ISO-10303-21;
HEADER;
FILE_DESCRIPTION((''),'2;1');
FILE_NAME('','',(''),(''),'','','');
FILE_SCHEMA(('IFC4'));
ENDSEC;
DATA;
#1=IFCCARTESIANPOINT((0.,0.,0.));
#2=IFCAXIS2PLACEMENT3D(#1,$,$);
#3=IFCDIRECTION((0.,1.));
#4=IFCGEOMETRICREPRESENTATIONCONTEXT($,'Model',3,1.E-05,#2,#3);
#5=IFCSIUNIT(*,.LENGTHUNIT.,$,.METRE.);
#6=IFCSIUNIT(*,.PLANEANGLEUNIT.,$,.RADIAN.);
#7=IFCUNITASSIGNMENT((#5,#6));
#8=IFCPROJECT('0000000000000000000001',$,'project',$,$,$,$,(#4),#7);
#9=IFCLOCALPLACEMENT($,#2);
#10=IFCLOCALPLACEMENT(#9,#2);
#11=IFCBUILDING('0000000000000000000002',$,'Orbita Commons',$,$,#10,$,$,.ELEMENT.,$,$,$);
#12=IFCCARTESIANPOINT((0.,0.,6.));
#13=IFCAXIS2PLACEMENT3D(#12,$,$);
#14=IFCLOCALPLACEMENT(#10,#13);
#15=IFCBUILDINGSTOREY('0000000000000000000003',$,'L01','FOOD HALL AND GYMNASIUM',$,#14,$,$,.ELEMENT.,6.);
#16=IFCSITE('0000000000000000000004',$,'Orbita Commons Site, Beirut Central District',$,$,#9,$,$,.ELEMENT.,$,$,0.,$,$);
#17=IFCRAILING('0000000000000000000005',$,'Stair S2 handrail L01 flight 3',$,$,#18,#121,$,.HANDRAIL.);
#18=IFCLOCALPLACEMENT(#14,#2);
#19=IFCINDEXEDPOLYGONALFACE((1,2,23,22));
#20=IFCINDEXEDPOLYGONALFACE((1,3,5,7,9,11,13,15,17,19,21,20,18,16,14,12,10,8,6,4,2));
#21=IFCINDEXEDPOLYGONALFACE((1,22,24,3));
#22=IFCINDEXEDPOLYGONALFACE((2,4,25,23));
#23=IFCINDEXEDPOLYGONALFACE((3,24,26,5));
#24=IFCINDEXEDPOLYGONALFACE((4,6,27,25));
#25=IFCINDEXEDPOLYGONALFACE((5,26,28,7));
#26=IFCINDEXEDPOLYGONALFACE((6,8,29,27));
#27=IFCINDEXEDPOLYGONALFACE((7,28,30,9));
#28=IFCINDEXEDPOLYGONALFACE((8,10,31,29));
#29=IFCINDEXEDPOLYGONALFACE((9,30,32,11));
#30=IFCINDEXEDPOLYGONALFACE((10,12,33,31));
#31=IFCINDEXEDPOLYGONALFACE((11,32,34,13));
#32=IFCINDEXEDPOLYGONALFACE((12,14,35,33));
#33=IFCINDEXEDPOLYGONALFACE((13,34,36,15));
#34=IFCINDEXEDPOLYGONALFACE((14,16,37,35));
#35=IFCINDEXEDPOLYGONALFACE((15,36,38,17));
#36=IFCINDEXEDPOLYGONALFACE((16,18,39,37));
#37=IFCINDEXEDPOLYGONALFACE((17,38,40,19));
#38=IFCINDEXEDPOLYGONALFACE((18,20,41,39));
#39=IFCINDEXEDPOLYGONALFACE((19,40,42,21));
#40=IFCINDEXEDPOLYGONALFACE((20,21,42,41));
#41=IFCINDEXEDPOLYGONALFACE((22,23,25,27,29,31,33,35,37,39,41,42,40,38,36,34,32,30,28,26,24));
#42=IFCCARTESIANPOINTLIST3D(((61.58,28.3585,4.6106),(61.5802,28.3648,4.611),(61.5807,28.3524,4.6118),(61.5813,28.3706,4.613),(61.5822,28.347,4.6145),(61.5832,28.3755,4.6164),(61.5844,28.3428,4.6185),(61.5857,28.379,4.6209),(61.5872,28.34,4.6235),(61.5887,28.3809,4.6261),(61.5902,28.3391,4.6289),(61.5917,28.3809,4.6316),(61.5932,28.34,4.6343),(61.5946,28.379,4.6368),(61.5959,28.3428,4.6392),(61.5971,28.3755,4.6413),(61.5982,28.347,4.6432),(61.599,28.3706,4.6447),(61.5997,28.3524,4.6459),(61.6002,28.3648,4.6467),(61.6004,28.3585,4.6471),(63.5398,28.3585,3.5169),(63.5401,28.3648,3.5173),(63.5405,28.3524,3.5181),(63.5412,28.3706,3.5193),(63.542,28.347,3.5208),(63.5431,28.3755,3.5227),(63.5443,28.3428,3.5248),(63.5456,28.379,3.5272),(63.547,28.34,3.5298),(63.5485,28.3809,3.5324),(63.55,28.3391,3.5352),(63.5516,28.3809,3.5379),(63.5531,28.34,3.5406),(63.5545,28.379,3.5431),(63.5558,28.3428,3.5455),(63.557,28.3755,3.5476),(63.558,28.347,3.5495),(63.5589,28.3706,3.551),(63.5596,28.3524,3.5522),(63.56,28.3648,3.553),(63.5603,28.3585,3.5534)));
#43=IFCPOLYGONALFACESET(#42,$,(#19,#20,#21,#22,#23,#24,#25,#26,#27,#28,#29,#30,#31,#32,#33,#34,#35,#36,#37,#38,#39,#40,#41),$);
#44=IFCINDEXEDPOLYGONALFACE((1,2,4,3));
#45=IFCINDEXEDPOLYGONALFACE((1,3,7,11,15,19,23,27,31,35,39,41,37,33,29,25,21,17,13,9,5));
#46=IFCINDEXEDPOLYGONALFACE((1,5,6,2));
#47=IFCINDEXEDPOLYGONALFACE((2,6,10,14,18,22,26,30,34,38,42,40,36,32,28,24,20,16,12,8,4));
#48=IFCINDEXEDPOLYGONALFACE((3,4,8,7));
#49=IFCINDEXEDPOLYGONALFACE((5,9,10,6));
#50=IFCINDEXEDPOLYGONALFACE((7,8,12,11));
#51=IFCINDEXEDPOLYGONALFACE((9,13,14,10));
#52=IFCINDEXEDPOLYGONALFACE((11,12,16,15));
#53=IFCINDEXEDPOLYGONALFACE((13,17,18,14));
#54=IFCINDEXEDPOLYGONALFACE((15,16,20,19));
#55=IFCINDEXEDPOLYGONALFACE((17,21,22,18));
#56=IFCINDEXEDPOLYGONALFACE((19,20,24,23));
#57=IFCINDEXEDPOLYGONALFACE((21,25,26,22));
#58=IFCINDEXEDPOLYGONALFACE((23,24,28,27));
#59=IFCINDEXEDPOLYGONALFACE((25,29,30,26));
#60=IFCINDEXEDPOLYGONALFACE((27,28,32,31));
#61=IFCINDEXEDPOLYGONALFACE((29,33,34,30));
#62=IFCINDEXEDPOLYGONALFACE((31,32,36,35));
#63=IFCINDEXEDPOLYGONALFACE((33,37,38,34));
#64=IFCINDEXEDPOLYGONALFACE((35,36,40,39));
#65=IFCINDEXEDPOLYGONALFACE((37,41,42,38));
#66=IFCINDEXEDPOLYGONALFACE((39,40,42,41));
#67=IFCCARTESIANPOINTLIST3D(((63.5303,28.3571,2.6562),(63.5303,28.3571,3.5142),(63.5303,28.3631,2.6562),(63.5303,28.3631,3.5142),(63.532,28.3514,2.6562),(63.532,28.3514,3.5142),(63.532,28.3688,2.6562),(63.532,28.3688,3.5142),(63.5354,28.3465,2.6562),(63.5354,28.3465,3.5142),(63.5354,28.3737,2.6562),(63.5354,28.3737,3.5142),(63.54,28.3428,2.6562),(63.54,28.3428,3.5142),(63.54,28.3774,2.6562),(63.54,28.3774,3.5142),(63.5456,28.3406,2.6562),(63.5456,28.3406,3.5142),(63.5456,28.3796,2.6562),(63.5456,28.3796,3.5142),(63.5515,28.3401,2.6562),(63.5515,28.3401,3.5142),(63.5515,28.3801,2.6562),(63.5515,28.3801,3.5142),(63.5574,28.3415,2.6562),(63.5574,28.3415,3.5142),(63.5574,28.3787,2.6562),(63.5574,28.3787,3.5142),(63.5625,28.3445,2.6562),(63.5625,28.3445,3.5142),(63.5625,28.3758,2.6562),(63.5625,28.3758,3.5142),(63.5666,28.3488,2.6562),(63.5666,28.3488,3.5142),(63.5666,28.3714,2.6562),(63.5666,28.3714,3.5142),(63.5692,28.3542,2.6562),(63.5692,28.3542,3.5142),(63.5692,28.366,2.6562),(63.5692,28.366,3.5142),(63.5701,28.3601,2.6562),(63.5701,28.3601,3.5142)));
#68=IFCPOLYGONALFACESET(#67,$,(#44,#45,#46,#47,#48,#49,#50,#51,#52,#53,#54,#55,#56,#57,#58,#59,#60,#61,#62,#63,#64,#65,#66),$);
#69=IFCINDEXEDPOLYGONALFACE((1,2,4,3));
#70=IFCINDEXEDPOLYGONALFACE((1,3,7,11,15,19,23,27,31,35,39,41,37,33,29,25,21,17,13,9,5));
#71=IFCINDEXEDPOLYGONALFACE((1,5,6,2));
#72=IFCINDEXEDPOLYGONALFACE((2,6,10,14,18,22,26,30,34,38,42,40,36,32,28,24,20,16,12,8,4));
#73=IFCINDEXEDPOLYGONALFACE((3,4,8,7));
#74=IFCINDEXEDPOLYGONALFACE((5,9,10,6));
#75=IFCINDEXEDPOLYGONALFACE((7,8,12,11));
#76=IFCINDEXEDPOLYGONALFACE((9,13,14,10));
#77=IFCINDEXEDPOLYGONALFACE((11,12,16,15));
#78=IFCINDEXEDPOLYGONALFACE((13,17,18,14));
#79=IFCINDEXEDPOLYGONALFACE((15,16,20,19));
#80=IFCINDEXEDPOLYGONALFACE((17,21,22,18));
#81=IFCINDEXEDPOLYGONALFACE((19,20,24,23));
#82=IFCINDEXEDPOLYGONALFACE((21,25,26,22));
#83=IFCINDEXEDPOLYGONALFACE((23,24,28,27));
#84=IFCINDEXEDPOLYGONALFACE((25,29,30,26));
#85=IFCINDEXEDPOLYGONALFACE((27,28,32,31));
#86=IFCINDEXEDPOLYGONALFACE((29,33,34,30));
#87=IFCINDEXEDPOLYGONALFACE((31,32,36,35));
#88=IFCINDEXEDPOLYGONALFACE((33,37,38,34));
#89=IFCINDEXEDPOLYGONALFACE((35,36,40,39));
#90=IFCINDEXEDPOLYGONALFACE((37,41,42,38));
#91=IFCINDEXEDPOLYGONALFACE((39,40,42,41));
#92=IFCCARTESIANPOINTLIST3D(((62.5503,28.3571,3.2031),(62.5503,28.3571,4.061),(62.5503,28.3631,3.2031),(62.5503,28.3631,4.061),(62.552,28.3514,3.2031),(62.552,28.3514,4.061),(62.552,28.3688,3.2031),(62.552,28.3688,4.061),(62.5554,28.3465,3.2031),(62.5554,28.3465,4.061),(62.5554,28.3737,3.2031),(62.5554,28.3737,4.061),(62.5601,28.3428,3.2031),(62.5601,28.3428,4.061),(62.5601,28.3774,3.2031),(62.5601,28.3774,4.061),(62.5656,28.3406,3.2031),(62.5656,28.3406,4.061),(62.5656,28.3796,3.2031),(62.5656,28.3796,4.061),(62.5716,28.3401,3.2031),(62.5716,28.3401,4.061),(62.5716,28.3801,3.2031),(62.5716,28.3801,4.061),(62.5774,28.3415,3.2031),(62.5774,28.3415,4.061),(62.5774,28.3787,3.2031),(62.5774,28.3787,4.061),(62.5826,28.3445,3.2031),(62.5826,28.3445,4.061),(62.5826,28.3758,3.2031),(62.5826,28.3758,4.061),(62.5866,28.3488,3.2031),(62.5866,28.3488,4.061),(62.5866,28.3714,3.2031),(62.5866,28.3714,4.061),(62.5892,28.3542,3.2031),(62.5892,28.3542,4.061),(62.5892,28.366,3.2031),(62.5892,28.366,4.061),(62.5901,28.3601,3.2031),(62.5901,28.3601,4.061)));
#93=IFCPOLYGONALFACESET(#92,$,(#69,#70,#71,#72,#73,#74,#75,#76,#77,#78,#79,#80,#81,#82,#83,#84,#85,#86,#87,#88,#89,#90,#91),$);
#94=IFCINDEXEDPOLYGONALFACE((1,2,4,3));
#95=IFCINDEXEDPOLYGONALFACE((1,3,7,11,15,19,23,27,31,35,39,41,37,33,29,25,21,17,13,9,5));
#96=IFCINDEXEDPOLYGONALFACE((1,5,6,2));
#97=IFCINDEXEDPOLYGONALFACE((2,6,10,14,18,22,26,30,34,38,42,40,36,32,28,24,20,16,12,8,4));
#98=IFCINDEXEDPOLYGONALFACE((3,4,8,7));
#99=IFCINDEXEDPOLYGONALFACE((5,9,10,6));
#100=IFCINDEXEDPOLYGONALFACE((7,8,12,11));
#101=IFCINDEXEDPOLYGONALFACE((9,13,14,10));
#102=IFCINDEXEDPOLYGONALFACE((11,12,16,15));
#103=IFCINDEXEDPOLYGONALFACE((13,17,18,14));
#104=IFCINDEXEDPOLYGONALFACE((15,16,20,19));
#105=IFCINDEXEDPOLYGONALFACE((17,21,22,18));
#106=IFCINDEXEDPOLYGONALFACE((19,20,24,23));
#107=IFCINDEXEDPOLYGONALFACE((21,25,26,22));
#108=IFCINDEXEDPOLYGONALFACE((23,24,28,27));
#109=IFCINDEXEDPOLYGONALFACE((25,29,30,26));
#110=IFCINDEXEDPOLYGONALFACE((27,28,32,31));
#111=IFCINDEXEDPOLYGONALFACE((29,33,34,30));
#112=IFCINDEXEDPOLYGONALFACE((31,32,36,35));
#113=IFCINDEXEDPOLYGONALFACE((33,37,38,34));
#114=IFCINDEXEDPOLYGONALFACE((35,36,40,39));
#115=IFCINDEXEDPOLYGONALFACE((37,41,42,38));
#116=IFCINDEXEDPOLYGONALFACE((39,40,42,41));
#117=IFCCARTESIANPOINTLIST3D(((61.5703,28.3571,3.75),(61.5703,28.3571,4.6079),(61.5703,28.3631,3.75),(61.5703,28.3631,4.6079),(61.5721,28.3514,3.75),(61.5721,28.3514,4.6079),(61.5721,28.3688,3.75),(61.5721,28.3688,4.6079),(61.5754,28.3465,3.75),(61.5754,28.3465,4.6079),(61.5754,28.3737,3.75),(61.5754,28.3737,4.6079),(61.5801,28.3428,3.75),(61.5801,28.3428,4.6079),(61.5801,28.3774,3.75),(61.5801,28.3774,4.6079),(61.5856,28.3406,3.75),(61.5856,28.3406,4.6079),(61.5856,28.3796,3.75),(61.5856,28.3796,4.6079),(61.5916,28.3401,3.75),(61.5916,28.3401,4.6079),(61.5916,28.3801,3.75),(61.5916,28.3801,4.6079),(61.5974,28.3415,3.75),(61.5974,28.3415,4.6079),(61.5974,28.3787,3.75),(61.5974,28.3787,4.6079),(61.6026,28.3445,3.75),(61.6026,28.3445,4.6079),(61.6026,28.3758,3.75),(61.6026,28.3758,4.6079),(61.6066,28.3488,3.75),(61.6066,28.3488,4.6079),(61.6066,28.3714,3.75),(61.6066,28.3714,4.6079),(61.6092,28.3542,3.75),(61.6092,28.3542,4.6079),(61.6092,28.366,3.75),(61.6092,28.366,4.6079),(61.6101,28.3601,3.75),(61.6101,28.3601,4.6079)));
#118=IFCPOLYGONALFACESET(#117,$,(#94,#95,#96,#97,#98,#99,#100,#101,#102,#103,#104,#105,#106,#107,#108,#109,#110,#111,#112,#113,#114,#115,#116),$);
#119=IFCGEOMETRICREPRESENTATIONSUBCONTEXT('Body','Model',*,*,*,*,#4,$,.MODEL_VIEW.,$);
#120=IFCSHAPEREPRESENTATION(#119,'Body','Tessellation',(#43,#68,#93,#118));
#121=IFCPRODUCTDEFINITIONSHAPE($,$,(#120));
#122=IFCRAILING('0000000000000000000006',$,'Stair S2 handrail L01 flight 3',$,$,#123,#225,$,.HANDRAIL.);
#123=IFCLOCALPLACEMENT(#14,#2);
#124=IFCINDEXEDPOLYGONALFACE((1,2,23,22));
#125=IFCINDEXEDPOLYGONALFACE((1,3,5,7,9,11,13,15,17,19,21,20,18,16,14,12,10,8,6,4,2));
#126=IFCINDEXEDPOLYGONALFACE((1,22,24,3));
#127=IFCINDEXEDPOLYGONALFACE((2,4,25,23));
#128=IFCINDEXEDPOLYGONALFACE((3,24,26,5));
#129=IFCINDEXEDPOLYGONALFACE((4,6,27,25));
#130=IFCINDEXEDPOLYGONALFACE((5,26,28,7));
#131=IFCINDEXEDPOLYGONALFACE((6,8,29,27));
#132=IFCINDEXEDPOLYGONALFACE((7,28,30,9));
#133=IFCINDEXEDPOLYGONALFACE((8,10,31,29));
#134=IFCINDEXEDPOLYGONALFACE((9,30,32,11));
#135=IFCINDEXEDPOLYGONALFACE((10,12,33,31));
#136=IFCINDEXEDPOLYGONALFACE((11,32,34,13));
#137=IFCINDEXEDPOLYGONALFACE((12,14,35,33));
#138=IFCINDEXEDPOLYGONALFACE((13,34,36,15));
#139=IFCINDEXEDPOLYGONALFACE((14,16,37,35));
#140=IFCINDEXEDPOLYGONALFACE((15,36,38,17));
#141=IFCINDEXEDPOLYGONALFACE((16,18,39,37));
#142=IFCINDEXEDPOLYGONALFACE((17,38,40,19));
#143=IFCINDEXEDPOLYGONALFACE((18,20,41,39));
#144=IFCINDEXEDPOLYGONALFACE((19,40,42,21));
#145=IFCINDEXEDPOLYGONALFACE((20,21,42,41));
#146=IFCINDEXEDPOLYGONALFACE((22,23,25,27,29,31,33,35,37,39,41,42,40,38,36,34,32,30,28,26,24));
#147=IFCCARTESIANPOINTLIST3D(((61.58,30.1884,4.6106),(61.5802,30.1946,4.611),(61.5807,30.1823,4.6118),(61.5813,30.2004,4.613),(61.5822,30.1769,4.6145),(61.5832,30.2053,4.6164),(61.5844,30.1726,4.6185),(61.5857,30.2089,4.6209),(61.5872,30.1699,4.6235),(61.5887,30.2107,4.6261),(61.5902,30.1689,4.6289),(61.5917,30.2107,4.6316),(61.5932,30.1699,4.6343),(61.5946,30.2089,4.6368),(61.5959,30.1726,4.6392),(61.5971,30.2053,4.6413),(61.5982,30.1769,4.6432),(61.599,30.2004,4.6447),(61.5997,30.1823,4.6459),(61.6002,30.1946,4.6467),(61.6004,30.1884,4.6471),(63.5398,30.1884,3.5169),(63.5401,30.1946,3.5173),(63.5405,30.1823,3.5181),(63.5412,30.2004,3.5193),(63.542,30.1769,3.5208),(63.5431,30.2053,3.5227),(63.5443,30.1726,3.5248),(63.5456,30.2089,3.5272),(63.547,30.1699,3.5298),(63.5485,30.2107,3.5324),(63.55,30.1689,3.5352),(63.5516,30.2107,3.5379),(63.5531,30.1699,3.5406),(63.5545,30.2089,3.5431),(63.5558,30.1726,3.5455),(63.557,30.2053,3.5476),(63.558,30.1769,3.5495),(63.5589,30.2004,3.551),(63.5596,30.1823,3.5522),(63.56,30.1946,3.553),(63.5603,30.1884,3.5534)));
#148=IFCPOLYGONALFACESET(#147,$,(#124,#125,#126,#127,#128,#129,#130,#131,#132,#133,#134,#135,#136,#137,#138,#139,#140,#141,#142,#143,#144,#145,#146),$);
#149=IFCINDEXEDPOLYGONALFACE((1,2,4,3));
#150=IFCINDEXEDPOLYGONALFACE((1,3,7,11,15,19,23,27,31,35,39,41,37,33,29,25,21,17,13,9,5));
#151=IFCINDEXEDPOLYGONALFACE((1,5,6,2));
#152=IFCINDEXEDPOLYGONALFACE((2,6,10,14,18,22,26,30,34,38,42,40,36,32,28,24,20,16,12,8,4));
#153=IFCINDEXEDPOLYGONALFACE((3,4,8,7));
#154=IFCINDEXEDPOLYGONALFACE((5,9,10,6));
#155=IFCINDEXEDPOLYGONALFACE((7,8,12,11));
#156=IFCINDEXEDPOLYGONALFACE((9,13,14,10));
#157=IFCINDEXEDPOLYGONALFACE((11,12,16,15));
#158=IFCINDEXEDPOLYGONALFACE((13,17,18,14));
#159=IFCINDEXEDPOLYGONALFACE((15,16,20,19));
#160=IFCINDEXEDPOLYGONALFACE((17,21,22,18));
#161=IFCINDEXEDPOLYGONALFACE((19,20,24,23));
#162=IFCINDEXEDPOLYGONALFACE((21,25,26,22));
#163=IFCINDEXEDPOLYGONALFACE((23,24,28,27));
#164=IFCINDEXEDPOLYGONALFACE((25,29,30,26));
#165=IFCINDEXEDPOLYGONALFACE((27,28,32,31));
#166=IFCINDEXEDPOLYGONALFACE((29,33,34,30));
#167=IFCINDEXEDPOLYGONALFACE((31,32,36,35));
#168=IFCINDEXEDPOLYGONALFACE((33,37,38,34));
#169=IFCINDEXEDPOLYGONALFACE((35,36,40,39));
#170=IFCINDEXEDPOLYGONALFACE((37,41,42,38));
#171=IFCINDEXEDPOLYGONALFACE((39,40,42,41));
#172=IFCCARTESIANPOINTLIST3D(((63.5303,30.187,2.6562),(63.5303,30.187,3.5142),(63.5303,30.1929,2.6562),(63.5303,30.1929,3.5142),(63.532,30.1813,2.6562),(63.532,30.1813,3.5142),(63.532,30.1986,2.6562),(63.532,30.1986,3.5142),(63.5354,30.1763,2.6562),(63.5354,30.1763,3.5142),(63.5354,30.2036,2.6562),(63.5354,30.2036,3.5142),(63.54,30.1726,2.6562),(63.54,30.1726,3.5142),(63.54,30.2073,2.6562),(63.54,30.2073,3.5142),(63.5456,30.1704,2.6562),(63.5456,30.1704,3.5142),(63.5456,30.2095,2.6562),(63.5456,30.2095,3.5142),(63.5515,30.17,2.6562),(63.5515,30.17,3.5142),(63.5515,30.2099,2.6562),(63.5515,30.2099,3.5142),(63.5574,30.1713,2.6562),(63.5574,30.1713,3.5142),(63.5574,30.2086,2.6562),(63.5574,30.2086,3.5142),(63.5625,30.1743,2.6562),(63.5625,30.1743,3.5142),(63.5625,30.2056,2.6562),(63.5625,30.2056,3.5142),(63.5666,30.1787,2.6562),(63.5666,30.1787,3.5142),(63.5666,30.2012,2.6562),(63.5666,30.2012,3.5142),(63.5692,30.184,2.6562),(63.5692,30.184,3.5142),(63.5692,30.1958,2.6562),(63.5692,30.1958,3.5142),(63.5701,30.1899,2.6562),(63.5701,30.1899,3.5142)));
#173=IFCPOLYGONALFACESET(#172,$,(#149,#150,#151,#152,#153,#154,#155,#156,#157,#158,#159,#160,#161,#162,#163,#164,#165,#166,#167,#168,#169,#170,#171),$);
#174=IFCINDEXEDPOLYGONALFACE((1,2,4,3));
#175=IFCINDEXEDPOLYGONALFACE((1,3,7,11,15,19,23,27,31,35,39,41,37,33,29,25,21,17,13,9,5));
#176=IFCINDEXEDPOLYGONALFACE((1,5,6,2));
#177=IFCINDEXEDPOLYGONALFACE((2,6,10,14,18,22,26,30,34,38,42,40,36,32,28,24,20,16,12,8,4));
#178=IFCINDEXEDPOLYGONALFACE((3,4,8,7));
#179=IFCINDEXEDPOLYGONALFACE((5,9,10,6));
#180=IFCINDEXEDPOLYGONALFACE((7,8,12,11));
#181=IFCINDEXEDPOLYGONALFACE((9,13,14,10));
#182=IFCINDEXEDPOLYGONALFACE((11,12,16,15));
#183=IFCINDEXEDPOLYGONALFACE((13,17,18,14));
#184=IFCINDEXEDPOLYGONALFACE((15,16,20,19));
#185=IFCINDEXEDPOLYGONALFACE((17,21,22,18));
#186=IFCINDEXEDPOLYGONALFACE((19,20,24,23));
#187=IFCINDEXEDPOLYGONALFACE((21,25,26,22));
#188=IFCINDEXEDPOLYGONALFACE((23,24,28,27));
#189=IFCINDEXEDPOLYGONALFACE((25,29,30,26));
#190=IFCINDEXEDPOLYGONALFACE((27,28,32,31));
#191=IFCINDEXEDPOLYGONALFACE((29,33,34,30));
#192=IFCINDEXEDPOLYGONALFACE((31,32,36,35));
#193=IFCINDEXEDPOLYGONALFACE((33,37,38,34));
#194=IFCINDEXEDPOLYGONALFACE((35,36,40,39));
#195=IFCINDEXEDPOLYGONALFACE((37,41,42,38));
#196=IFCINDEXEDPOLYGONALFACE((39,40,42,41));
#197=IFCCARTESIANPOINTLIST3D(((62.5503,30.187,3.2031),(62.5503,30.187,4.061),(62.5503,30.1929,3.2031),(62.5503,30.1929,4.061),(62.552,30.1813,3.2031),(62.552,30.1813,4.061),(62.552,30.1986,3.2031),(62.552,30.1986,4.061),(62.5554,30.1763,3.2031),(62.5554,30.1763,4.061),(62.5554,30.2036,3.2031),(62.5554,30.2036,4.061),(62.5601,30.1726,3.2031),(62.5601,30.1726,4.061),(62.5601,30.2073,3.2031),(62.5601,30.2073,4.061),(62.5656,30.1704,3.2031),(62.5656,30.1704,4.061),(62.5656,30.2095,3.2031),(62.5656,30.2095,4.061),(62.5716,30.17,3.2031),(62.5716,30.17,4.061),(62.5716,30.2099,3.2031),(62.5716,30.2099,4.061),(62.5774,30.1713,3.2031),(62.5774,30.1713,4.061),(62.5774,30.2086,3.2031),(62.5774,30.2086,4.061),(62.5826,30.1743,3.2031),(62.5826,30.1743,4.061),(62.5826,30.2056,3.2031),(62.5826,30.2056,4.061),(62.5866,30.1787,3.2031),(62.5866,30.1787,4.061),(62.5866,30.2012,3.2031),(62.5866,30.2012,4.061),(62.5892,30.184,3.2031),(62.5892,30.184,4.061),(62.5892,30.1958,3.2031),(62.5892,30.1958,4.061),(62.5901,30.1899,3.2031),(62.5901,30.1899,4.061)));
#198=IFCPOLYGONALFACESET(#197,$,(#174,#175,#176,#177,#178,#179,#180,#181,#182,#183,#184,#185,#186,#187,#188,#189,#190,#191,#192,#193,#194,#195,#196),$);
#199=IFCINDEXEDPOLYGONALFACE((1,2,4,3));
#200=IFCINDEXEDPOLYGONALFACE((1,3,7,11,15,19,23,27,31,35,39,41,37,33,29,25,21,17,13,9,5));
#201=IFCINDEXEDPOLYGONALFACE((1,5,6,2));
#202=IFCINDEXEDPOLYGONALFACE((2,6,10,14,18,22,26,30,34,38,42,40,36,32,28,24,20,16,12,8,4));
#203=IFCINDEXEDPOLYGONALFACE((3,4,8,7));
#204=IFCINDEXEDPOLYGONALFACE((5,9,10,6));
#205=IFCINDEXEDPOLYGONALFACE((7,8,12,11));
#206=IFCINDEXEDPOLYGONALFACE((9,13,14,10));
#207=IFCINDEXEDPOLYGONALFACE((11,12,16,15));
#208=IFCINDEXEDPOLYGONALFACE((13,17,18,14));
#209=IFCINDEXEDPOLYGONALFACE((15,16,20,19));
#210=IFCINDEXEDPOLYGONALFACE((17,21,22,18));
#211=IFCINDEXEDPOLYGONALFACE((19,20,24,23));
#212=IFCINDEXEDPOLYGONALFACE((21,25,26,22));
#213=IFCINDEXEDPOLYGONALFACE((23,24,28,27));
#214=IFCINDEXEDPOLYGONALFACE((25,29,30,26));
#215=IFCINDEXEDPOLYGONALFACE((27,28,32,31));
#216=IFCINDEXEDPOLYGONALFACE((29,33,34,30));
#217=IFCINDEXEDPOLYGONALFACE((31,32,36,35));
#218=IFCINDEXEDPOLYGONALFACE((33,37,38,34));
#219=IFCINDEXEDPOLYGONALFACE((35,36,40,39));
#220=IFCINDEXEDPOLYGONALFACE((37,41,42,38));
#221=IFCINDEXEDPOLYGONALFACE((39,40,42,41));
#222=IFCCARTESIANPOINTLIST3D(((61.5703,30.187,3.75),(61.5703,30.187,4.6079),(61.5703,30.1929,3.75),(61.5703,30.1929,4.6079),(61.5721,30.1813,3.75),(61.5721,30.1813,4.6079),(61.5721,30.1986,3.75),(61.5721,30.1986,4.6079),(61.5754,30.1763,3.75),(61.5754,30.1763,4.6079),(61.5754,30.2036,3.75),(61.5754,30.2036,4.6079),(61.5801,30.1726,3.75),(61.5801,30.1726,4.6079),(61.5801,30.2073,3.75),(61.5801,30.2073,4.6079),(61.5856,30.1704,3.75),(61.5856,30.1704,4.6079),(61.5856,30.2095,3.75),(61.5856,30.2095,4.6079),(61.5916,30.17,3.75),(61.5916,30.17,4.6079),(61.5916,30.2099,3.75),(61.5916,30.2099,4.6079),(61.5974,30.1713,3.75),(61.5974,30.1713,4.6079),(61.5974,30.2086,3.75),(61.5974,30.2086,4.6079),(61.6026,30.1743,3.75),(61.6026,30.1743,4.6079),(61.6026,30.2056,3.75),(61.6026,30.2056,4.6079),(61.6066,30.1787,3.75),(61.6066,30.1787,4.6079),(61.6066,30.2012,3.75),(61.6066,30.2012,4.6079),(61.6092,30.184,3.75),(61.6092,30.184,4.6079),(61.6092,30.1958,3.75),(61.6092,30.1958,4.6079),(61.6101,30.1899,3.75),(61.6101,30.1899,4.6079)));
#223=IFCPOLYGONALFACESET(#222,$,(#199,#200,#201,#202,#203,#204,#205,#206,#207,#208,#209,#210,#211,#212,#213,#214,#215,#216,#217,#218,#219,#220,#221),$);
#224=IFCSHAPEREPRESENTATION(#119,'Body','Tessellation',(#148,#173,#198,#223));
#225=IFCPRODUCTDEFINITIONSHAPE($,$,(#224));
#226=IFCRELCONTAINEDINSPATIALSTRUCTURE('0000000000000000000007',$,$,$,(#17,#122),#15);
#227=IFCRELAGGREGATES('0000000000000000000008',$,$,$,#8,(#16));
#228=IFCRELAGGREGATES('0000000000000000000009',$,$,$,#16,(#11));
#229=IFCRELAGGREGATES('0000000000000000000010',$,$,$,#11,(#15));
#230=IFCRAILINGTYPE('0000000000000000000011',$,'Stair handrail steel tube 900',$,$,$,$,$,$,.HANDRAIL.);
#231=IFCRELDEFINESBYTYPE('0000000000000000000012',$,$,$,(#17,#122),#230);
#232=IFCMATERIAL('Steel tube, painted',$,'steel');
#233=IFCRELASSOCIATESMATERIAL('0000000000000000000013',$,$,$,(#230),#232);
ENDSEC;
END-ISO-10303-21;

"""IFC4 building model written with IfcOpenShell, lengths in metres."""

from ifc_helpers import new_model, si_unit, direction, frame, origin, origin_2d, place, context, subcontext, project, spatial, circle, extrude, material, type_object, element, save


model = new_model("IFC4")

# Units and contexts
model_context = context("Model", 3, precision=1e-05, world=origin(), true_north=direction((0.0, 1.0)))
body_context = subcontext(model_context, "Body", "Model", "MODEL_VIEW")
ifc_project = project(units=[si_unit("LENGTHUNIT", "METRE"), si_unit("PLANEANGLEUNIT", "RADIAN")], contexts=[model_context])

# Site, building, storey
site_placement = place(None, origin())
site = spatial("IfcSite", under=ifc_project, at=site_placement, Name="Orbita Commons Site, Beirut Central District", CompositionType="ELEMENT", RefElevation=0.0)
building_placement = place(site_placement, origin())
building = spatial("IfcBuilding", under=site, at=building_placement, Name="Orbita Commons", CompositionType="ELEMENT")
storey_placement = place(building_placement, frame((0.0, 0.0, 6.0)))
storey = spatial("IfcBuildingStorey", under=building, at=storey_placement, Name="L01", Description="FOOD HALL AND GYMNASIUM", CompositionType="ELEMENT", Elevation=6.0)

# Railings
ifc_material_1 = material(Name="Steel tube, painted", Category="steel")
railing_type = type_object("IfcRailingType", Name="Stair handrail steel tube 900", PredefinedType="HANDRAIL", material=ifc_material_1)
for number, where, name in (
    (1, (63.55, 28.3601, 2.6562), "Stair S2 handrail L01 flight 3"),
    (2, (63.55, 30.1899, 2.6562), "Stair S2 handrail L01 flight 3"),
):
    element("IfcRailing", number, at=place(storey_placement, frame(where)), inside=storey, type_object=railing_type, Name=name, PredefinedType="HANDRAIL", context=body_context, shape_type="SweptSolid", body=[
        extrude(circle(Radius=0.021, at=origin_2d()), frame((0.0, 0.0, 0.8789), z_axis=(-0.873232, 0.0, 0.487304), x_axis=(0.0, -1.0, 0.0)), (0.0, 0.0, 1.0), 2.2444),
        extrude(circle(Radius=0.02, at=origin_2d()), origin(), (0.0, 0.0, 1.0), 0.8579),
        extrude(circle(Radius=0.02, at=origin_2d()), frame((-0.98, 0.0, 0.5469)), (0.0, 0.0, 1.0), 0.8579),
        extrude(circle(Radius=0.02, at=origin_2d()), frame((-1.96, 0.0, 1.0938)), (0.0, 0.0, 1.0), 0.8579),
    ])

save(model, "model.ifc")
